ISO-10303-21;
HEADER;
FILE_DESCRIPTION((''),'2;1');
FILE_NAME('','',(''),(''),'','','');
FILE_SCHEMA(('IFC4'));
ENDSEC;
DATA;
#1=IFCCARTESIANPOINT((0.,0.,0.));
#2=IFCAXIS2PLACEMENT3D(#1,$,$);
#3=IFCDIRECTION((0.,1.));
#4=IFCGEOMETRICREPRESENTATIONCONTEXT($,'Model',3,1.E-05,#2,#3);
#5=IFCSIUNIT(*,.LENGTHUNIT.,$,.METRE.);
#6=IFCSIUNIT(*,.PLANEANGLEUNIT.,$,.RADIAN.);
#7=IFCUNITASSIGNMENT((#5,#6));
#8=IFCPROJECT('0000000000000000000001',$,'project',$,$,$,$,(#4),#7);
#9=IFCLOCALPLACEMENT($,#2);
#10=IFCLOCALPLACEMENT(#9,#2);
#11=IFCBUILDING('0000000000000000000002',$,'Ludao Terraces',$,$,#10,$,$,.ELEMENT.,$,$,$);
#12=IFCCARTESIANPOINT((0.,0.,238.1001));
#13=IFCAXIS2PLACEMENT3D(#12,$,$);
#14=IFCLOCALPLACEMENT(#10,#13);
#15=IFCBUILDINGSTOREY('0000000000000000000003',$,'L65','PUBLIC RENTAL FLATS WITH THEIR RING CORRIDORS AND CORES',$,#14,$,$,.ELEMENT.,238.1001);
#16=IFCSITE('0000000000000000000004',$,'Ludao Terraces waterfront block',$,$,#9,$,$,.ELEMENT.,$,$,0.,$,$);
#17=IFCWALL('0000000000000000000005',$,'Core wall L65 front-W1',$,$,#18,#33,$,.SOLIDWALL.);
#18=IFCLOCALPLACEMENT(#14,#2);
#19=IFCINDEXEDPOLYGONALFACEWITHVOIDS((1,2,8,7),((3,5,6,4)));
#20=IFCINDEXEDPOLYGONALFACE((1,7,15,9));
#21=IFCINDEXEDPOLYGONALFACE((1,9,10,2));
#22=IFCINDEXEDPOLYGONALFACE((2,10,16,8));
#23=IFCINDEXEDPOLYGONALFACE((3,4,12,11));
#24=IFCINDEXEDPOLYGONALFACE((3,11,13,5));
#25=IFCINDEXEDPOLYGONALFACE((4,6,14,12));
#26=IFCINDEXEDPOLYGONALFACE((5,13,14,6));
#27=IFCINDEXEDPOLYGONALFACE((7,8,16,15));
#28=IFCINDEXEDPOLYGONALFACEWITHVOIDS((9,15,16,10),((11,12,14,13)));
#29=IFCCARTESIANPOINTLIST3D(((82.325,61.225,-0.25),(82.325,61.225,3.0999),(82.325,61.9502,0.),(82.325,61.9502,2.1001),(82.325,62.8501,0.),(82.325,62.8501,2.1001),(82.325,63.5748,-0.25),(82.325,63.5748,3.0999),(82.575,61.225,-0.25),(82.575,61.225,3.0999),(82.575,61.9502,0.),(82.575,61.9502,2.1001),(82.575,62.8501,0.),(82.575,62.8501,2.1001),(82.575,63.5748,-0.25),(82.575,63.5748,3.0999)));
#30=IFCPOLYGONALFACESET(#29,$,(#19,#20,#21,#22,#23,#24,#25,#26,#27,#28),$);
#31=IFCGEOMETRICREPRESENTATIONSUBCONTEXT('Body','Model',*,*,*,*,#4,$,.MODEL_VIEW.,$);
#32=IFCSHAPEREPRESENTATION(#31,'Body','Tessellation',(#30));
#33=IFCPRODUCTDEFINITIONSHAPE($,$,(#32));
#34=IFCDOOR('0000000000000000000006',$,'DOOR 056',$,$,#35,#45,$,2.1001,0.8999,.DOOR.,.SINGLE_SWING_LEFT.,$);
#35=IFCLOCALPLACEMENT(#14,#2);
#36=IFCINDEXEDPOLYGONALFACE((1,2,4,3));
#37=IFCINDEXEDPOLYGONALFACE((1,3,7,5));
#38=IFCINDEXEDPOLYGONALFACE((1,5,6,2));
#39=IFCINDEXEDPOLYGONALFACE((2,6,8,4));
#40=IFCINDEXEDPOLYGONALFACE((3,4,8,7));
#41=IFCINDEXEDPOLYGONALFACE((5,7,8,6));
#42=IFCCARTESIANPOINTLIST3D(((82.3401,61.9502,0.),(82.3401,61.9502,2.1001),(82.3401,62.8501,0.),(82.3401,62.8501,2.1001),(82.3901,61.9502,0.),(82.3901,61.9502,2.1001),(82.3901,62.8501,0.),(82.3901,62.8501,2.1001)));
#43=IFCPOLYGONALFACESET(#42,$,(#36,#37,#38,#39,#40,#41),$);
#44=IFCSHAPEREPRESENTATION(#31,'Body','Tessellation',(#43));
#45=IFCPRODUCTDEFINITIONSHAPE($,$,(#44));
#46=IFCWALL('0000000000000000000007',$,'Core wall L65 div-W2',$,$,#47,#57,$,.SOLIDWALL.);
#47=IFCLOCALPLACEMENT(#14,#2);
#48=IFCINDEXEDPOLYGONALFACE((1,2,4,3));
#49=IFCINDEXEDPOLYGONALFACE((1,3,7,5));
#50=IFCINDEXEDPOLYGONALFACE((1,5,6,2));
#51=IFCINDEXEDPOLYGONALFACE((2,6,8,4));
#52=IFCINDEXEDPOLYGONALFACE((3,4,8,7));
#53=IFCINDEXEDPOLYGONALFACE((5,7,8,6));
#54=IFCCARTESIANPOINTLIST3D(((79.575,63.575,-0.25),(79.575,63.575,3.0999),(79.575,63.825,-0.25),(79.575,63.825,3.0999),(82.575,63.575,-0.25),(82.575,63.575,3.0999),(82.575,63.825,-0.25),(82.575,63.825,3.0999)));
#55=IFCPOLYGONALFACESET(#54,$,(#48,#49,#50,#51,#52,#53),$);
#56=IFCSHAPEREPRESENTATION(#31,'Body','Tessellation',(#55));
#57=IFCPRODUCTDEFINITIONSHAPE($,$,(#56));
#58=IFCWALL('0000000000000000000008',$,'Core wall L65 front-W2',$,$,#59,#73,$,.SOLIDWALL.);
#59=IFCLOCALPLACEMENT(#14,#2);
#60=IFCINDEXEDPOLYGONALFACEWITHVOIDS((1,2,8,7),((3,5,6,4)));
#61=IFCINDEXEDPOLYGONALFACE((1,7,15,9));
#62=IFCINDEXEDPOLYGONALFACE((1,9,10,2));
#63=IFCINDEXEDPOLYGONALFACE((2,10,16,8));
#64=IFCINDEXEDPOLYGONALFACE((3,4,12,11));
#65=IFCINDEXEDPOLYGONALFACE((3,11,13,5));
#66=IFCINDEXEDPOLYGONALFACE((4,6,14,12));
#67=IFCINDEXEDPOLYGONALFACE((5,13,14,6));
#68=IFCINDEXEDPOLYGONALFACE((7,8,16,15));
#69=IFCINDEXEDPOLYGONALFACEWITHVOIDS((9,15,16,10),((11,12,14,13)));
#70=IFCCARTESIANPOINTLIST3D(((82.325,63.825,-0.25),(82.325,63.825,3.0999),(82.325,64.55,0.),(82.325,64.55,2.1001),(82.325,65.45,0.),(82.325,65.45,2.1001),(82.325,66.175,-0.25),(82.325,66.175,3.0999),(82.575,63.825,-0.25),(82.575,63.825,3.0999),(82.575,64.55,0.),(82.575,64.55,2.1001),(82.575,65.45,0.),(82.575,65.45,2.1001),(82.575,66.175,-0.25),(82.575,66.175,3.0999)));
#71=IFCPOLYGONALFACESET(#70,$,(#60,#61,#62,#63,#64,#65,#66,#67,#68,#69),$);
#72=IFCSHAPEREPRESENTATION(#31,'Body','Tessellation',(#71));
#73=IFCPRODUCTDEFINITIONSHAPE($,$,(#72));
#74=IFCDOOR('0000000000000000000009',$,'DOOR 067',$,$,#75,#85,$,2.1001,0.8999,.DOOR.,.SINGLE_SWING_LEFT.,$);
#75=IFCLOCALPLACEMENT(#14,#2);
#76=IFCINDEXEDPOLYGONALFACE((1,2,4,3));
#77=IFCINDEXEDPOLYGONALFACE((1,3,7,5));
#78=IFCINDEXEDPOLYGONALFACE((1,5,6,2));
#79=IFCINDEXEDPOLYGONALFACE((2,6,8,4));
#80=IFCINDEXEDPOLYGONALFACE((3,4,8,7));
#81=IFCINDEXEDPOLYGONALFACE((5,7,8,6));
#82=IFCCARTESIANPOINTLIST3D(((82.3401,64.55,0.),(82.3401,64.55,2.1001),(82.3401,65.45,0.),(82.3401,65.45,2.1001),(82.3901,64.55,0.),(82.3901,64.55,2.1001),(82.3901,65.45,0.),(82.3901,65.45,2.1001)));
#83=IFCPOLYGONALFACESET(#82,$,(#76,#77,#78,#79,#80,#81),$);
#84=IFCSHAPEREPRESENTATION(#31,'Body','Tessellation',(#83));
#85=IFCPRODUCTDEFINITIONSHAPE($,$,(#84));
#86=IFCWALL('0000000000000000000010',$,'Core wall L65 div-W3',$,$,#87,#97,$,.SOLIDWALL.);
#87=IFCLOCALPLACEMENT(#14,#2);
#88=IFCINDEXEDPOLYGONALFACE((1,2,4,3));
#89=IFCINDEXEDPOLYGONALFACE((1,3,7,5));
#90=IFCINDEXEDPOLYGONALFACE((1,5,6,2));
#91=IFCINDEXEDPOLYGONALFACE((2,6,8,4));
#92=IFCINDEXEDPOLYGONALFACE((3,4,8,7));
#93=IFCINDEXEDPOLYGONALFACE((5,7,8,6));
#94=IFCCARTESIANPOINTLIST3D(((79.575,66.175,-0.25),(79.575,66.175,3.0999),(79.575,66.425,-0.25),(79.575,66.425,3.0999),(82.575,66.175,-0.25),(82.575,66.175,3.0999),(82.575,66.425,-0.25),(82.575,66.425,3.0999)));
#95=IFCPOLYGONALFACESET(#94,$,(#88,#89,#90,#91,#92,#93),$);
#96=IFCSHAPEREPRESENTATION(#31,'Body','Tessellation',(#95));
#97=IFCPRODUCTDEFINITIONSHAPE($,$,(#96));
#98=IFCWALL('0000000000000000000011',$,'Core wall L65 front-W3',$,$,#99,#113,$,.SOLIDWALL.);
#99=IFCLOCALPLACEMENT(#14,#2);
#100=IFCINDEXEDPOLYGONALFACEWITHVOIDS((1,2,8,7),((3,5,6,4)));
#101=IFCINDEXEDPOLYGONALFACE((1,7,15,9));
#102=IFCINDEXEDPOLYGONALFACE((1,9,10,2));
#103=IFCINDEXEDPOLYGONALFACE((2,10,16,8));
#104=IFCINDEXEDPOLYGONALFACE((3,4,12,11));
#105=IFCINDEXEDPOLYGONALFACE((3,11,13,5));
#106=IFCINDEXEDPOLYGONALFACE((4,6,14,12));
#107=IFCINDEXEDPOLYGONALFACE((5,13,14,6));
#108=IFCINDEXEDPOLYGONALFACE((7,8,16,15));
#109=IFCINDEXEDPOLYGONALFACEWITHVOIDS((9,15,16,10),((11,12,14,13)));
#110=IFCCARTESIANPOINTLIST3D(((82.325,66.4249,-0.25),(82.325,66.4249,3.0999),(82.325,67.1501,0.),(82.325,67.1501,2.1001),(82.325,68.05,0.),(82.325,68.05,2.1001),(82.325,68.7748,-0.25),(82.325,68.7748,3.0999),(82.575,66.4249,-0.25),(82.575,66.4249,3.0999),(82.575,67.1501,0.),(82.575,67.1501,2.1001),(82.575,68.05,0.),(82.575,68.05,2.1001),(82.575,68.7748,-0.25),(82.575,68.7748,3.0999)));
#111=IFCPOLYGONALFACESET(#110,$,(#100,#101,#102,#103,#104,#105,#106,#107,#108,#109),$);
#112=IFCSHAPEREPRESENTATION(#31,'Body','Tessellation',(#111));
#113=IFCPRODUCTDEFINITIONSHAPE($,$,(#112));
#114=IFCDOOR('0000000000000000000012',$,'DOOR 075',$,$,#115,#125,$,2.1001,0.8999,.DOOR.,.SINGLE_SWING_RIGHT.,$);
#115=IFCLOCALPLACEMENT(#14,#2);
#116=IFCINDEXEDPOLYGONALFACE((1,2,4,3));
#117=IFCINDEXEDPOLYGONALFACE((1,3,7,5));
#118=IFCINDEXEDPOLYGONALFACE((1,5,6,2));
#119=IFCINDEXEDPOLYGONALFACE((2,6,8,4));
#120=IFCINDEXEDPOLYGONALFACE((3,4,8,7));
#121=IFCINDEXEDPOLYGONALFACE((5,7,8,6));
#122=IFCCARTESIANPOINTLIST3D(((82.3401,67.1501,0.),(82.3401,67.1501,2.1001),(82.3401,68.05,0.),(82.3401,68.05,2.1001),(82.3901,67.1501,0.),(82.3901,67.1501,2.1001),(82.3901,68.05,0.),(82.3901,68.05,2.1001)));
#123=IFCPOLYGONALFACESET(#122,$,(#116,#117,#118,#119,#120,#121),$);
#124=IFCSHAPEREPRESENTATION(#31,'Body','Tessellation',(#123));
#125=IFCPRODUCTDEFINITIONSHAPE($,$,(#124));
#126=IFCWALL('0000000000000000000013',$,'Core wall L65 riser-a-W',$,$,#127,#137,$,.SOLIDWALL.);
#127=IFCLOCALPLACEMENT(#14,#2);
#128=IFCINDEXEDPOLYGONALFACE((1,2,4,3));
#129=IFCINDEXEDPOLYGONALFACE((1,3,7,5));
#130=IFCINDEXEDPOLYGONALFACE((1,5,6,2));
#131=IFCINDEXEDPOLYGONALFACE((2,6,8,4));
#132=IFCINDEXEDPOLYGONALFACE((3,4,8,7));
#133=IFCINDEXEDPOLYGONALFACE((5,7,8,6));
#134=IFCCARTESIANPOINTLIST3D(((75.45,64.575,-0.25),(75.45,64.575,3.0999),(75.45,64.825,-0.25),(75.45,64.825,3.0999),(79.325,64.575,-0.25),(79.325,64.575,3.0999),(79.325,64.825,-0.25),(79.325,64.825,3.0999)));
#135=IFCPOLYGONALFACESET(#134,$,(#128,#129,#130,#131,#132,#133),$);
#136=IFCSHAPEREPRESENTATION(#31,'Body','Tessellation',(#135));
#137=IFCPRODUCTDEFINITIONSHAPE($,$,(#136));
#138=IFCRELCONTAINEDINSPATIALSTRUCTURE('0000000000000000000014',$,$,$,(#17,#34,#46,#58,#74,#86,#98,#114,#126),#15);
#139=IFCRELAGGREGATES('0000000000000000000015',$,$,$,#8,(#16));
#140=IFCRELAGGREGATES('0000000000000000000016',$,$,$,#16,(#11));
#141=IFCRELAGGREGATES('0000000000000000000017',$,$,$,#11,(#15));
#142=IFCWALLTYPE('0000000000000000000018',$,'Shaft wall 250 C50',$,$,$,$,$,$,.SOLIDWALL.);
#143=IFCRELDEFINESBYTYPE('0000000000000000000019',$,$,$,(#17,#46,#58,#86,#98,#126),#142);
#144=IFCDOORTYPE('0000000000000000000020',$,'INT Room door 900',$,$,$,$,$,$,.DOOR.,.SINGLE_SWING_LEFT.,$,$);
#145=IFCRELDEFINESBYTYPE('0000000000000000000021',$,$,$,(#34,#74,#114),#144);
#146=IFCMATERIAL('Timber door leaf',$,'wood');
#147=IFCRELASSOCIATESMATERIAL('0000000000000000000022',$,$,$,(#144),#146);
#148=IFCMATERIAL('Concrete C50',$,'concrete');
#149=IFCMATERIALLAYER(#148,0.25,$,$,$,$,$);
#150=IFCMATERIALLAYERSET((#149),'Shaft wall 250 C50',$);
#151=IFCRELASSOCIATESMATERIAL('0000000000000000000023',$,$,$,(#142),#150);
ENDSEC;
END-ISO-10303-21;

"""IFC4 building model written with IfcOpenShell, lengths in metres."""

from ifc_helpers import new_model, si_unit, direction, frame, frame_2d, origin, place, context, subcontext, project, spatial, rectangle, extrude, material, layer, layer_set, type_object, element, fill, save


model = new_model("IFC4")

# Units and contexts
model_context = context("Model", 3, precision=1e-05, world=origin(), true_north=direction((0.0, 1.0)))
body_context = subcontext(model_context, "Body", "Model", "MODEL_VIEW")
ifc_project = project(units=[si_unit("LENGTHUNIT", "METRE"), si_unit("PLANEANGLEUNIT", "RADIAN")], contexts=[model_context])

# Site, building, storey
site_placement = place(None, origin())
site = spatial("IfcSite", under=ifc_project, at=site_placement, Name="Ludao Terraces waterfront block", CompositionType="ELEMENT", RefElevation=0.0)
building_placement = place(site_placement, origin())
building = spatial("IfcBuilding", under=site, at=building_placement, Name="Ludao Terraces", CompositionType="ELEMENT")
storey_placement = place(building_placement, frame((0.0, 0.0, 238.1001)))
storey = spatial("IfcBuildingStorey", under=building, at=storey_placement, Name="L65", Description="PUBLIC RENTAL FLATS WITH THEIR RING CORRIDORS AND CORES", CompositionType="ELEMENT", Elevation=238.1001)

# Shared definitions
ifc_material_1 = material(Name="Timber door leaf", Category="wood")
door_type_1 = type_object("IfcDoorType", Name="INT Room door 900", OperationType="SINGLE_SWING_LEFT", PredefinedType="DOOR", material=ifc_material_1)

# Wall, opening, door
ifc_material_2 = material(Name="Concrete C50", Category="concrete")
ifc_layer_1 = layer(ifc_material_2, 0.25)
ifc_layer_set_1 = layer_set([ifc_layer_1], Name="Shaft wall 250 C50")
wall_type_1 = type_object("IfcWallType", Name="Shaft wall 250 C50", PredefinedType="SOLIDWALL", material=ifc_layer_set_1)
wall_1_placement = place(storey_placement, frame((82.45, 61.2251, -0.25), z_axis=(0.0, 0.0, 1.0), x_axis=(0.0, 1.0, 0.0)))
wall_1 = element("IfcWall", 1, at=wall_1_placement, inside=storey, type_object=wall_type_1, Name="Core wall L65 front-W1", PredefinedType="SOLIDWALL", context=body_context, shape_type="SweptSolid", body=[
    extrude(rectangle(XDim=2.3499, YDim=0.25, at=frame_2d((1.1748, 0.0))), origin(), (0.0, 0.0, 1.0), 3.3499),
])
opening_1_placement = place(wall_1_placement, frame((0.7251, 0.0, 0.25)))
opening_1 = element("IfcOpeningElement", 2, at=opening_1_placement, cuts=wall_1, PredefinedType="OPENING", context=body_context, shape_type="SweptSolid", body=[
    extrude(rectangle(XDim=0.8999, YDim=2.1001, at=frame_2d((0.45, 1.05))), frame((0.0, 0.135, 0.0), z_axis=(0.0, -1.0, 0.0), x_axis=(1.0, 0.0, 0.0)), (0.0, 0.0, 1.0), 0.27),
])
door_1_placement = place(opening_1_placement, origin())
door_1 = element("IfcDoor", 3, at=door_1_placement, inside=storey, type_object=door_type_1, Name="DOOR 056", OperationType="SINGLE_SWING_LEFT", OverallHeight=2.1001, OverallWidth=0.8999, PredefinedType="DOOR", context=body_context, shape_type="SweptSolid", body=[
    extrude(rectangle(XDim=0.8999, YDim=2.1001, at=frame_2d((0.45, 1.05))), frame((0.0, 0.1099, 0.0), z_axis=(0.0, -1.0, 0.0), x_axis=(1.0, 0.0, 0.0)), (0.0, 0.0, 1.0), 0.05),
])
fill(opening_1, door_1)

# Wall
wall_2_placement = place(storey_placement, frame((79.575, 63.7, -0.25), z_axis=(0.0, 0.0, 1.0), x_axis=(1.0, 0.0, 0.0)))
element("IfcWall", 4, at=wall_2_placement, inside=storey, type_object=wall_type_1, Name="Core wall L65 div-W2", PredefinedType="SOLIDWALL", context=body_context, shape_type="SweptSolid", body=[
    extrude(rectangle(XDim=3.0, YDim=0.25, at=frame_2d((1.5, 0.0))), origin(), (0.0, 0.0, 1.0), 3.3499),
])

# Wall, opening, door
wall_3_placement = place(storey_placement, frame((82.45, 63.825, -0.25), z_axis=(0.0, 0.0, 1.0), x_axis=(0.0, 1.0, 0.0)))
wall_3 = element("IfcWall", 5, at=wall_3_placement, inside=storey, type_object=wall_type_1, Name="Core wall L65 front-W2", PredefinedType="SOLIDWALL", context=body_context, shape_type="SweptSolid", body=[
    extrude(rectangle(XDim=2.3501, YDim=0.25, at=frame_2d((1.175, 0.0))), origin(), (0.0, 0.0, 1.0), 3.3499),
])
opening_2_placement = place(wall_3_placement, frame((0.7251, 0.0, 0.25)))
opening_2 = element("IfcOpeningElement", 6, at=opening_2_placement, cuts=wall_3, PredefinedType="OPENING", context=body_context, shape_type="SweptSolid", body=[
    extrude(rectangle(XDim=0.8999, YDim=2.1001, at=frame_2d((0.45, 1.05))), frame((0.0, 0.135, 0.0), z_axis=(0.0, -1.0, 0.0), x_axis=(1.0, 0.0, 0.0)), (0.0, 0.0, 1.0), 0.27),
])
door_2_placement = place(opening_2_placement, origin())
door_2 = element("IfcDoor", 7, at=door_2_placement, inside=storey, type_object=door_type_1, Name="DOOR 067", OperationType="SINGLE_SWING_LEFT", OverallHeight=2.1001, OverallWidth=0.8999, PredefinedType="DOOR", context=body_context, shape_type="SweptSolid", body=[
    extrude(rectangle(XDim=0.8999, YDim=2.1001, at=frame_2d((0.45, 1.05))), frame((0.0, 0.1099, 0.0), z_axis=(0.0, -1.0, 0.0), x_axis=(1.0, 0.0, 0.0)), (0.0, 0.0, 1.0), 0.05),
])
fill(opening_2, door_2)

# Wall
wall_4_placement = place(storey_placement, frame((79.575, 66.3, -0.25), z_axis=(0.0, 0.0, 1.0), x_axis=(1.0, 0.0, 0.0)))
element("IfcWall", 8, at=wall_4_placement, inside=storey, type_object=wall_type_1, Name="Core wall L65 div-W3", PredefinedType="SOLIDWALL", context=body_context, shape_type="SweptSolid", body=[
    extrude(rectangle(XDim=3.0, YDim=0.25, at=frame_2d((1.5, 0.0))), origin(), (0.0, 0.0, 1.0), 3.3499),
])

# Wall, opening, door
wall_5_placement = place(storey_placement, frame((82.45, 66.425, -0.25), z_axis=(0.0, 0.0, 1.0), x_axis=(0.0, 1.0, 0.0)))
wall_5 = element("IfcWall", 9, at=wall_5_placement, inside=storey, type_object=wall_type_1, Name="Core wall L65 front-W3", PredefinedType="SOLIDWALL", context=body_context, shape_type="SweptSolid", body=[
    extrude(rectangle(XDim=2.3499, YDim=0.25, at=frame_2d((1.1748, 0.0))), origin(), (0.0, 0.0, 1.0), 3.3499),
])
opening_3_placement = place(wall_5_placement, frame((0.7251, 0.0, 0.25)))
opening_3 = element("IfcOpeningElement", 10, at=opening_3_placement, cuts=wall_5, PredefinedType="OPENING", context=body_context, shape_type="SweptSolid", body=[
    extrude(rectangle(XDim=0.8999, YDim=2.1001, at=frame_2d((0.45, 1.05))), frame((0.0, 0.135, 0.0), z_axis=(0.0, -1.0, 0.0), x_axis=(1.0, 0.0, 0.0)), (0.0, 0.0, 1.0), 0.27),
])
door_3_placement = place(opening_3_placement, origin())
door_3 = element("IfcDoor", 11, at=door_3_placement, inside=storey, type_object=door_type_1, Name="DOOR 075", OperationType="SINGLE_SWING_RIGHT", OverallHeight=2.1001, OverallWidth=0.8999, PredefinedType="DOOR", context=body_context, shape_type="SweptSolid", body=[
    extrude(rectangle(XDim=0.8999, YDim=2.1001, at=frame_2d((0.45, 1.05))), frame((0.0, 0.1099, 0.0), z_axis=(0.0, -1.0, 0.0), x_axis=(1.0, 0.0, 0.0)), (0.0, 0.0, 1.0), 0.05),
])
fill(opening_3, door_3)

# Wall
wall_6_placement = place(storey_placement, frame((75.45, 64.7, -0.25), z_axis=(0.0, 0.0, 1.0), x_axis=(1.0, 0.0, 0.0)))
element("IfcWall", 12, at=wall_6_placement, inside=storey, type_object=wall_type_1, Name="Core wall L65 riser-a-W", PredefinedType="SOLIDWALL", context=body_context, shape_type="SweptSolid", body=[
    extrude(rectangle(XDim=3.875, YDim=0.25, at=frame_2d((1.9375, 0.0))), origin(), (0.0, 0.0, 1.0), 3.3499),
])

save(model, "model.ifc")
